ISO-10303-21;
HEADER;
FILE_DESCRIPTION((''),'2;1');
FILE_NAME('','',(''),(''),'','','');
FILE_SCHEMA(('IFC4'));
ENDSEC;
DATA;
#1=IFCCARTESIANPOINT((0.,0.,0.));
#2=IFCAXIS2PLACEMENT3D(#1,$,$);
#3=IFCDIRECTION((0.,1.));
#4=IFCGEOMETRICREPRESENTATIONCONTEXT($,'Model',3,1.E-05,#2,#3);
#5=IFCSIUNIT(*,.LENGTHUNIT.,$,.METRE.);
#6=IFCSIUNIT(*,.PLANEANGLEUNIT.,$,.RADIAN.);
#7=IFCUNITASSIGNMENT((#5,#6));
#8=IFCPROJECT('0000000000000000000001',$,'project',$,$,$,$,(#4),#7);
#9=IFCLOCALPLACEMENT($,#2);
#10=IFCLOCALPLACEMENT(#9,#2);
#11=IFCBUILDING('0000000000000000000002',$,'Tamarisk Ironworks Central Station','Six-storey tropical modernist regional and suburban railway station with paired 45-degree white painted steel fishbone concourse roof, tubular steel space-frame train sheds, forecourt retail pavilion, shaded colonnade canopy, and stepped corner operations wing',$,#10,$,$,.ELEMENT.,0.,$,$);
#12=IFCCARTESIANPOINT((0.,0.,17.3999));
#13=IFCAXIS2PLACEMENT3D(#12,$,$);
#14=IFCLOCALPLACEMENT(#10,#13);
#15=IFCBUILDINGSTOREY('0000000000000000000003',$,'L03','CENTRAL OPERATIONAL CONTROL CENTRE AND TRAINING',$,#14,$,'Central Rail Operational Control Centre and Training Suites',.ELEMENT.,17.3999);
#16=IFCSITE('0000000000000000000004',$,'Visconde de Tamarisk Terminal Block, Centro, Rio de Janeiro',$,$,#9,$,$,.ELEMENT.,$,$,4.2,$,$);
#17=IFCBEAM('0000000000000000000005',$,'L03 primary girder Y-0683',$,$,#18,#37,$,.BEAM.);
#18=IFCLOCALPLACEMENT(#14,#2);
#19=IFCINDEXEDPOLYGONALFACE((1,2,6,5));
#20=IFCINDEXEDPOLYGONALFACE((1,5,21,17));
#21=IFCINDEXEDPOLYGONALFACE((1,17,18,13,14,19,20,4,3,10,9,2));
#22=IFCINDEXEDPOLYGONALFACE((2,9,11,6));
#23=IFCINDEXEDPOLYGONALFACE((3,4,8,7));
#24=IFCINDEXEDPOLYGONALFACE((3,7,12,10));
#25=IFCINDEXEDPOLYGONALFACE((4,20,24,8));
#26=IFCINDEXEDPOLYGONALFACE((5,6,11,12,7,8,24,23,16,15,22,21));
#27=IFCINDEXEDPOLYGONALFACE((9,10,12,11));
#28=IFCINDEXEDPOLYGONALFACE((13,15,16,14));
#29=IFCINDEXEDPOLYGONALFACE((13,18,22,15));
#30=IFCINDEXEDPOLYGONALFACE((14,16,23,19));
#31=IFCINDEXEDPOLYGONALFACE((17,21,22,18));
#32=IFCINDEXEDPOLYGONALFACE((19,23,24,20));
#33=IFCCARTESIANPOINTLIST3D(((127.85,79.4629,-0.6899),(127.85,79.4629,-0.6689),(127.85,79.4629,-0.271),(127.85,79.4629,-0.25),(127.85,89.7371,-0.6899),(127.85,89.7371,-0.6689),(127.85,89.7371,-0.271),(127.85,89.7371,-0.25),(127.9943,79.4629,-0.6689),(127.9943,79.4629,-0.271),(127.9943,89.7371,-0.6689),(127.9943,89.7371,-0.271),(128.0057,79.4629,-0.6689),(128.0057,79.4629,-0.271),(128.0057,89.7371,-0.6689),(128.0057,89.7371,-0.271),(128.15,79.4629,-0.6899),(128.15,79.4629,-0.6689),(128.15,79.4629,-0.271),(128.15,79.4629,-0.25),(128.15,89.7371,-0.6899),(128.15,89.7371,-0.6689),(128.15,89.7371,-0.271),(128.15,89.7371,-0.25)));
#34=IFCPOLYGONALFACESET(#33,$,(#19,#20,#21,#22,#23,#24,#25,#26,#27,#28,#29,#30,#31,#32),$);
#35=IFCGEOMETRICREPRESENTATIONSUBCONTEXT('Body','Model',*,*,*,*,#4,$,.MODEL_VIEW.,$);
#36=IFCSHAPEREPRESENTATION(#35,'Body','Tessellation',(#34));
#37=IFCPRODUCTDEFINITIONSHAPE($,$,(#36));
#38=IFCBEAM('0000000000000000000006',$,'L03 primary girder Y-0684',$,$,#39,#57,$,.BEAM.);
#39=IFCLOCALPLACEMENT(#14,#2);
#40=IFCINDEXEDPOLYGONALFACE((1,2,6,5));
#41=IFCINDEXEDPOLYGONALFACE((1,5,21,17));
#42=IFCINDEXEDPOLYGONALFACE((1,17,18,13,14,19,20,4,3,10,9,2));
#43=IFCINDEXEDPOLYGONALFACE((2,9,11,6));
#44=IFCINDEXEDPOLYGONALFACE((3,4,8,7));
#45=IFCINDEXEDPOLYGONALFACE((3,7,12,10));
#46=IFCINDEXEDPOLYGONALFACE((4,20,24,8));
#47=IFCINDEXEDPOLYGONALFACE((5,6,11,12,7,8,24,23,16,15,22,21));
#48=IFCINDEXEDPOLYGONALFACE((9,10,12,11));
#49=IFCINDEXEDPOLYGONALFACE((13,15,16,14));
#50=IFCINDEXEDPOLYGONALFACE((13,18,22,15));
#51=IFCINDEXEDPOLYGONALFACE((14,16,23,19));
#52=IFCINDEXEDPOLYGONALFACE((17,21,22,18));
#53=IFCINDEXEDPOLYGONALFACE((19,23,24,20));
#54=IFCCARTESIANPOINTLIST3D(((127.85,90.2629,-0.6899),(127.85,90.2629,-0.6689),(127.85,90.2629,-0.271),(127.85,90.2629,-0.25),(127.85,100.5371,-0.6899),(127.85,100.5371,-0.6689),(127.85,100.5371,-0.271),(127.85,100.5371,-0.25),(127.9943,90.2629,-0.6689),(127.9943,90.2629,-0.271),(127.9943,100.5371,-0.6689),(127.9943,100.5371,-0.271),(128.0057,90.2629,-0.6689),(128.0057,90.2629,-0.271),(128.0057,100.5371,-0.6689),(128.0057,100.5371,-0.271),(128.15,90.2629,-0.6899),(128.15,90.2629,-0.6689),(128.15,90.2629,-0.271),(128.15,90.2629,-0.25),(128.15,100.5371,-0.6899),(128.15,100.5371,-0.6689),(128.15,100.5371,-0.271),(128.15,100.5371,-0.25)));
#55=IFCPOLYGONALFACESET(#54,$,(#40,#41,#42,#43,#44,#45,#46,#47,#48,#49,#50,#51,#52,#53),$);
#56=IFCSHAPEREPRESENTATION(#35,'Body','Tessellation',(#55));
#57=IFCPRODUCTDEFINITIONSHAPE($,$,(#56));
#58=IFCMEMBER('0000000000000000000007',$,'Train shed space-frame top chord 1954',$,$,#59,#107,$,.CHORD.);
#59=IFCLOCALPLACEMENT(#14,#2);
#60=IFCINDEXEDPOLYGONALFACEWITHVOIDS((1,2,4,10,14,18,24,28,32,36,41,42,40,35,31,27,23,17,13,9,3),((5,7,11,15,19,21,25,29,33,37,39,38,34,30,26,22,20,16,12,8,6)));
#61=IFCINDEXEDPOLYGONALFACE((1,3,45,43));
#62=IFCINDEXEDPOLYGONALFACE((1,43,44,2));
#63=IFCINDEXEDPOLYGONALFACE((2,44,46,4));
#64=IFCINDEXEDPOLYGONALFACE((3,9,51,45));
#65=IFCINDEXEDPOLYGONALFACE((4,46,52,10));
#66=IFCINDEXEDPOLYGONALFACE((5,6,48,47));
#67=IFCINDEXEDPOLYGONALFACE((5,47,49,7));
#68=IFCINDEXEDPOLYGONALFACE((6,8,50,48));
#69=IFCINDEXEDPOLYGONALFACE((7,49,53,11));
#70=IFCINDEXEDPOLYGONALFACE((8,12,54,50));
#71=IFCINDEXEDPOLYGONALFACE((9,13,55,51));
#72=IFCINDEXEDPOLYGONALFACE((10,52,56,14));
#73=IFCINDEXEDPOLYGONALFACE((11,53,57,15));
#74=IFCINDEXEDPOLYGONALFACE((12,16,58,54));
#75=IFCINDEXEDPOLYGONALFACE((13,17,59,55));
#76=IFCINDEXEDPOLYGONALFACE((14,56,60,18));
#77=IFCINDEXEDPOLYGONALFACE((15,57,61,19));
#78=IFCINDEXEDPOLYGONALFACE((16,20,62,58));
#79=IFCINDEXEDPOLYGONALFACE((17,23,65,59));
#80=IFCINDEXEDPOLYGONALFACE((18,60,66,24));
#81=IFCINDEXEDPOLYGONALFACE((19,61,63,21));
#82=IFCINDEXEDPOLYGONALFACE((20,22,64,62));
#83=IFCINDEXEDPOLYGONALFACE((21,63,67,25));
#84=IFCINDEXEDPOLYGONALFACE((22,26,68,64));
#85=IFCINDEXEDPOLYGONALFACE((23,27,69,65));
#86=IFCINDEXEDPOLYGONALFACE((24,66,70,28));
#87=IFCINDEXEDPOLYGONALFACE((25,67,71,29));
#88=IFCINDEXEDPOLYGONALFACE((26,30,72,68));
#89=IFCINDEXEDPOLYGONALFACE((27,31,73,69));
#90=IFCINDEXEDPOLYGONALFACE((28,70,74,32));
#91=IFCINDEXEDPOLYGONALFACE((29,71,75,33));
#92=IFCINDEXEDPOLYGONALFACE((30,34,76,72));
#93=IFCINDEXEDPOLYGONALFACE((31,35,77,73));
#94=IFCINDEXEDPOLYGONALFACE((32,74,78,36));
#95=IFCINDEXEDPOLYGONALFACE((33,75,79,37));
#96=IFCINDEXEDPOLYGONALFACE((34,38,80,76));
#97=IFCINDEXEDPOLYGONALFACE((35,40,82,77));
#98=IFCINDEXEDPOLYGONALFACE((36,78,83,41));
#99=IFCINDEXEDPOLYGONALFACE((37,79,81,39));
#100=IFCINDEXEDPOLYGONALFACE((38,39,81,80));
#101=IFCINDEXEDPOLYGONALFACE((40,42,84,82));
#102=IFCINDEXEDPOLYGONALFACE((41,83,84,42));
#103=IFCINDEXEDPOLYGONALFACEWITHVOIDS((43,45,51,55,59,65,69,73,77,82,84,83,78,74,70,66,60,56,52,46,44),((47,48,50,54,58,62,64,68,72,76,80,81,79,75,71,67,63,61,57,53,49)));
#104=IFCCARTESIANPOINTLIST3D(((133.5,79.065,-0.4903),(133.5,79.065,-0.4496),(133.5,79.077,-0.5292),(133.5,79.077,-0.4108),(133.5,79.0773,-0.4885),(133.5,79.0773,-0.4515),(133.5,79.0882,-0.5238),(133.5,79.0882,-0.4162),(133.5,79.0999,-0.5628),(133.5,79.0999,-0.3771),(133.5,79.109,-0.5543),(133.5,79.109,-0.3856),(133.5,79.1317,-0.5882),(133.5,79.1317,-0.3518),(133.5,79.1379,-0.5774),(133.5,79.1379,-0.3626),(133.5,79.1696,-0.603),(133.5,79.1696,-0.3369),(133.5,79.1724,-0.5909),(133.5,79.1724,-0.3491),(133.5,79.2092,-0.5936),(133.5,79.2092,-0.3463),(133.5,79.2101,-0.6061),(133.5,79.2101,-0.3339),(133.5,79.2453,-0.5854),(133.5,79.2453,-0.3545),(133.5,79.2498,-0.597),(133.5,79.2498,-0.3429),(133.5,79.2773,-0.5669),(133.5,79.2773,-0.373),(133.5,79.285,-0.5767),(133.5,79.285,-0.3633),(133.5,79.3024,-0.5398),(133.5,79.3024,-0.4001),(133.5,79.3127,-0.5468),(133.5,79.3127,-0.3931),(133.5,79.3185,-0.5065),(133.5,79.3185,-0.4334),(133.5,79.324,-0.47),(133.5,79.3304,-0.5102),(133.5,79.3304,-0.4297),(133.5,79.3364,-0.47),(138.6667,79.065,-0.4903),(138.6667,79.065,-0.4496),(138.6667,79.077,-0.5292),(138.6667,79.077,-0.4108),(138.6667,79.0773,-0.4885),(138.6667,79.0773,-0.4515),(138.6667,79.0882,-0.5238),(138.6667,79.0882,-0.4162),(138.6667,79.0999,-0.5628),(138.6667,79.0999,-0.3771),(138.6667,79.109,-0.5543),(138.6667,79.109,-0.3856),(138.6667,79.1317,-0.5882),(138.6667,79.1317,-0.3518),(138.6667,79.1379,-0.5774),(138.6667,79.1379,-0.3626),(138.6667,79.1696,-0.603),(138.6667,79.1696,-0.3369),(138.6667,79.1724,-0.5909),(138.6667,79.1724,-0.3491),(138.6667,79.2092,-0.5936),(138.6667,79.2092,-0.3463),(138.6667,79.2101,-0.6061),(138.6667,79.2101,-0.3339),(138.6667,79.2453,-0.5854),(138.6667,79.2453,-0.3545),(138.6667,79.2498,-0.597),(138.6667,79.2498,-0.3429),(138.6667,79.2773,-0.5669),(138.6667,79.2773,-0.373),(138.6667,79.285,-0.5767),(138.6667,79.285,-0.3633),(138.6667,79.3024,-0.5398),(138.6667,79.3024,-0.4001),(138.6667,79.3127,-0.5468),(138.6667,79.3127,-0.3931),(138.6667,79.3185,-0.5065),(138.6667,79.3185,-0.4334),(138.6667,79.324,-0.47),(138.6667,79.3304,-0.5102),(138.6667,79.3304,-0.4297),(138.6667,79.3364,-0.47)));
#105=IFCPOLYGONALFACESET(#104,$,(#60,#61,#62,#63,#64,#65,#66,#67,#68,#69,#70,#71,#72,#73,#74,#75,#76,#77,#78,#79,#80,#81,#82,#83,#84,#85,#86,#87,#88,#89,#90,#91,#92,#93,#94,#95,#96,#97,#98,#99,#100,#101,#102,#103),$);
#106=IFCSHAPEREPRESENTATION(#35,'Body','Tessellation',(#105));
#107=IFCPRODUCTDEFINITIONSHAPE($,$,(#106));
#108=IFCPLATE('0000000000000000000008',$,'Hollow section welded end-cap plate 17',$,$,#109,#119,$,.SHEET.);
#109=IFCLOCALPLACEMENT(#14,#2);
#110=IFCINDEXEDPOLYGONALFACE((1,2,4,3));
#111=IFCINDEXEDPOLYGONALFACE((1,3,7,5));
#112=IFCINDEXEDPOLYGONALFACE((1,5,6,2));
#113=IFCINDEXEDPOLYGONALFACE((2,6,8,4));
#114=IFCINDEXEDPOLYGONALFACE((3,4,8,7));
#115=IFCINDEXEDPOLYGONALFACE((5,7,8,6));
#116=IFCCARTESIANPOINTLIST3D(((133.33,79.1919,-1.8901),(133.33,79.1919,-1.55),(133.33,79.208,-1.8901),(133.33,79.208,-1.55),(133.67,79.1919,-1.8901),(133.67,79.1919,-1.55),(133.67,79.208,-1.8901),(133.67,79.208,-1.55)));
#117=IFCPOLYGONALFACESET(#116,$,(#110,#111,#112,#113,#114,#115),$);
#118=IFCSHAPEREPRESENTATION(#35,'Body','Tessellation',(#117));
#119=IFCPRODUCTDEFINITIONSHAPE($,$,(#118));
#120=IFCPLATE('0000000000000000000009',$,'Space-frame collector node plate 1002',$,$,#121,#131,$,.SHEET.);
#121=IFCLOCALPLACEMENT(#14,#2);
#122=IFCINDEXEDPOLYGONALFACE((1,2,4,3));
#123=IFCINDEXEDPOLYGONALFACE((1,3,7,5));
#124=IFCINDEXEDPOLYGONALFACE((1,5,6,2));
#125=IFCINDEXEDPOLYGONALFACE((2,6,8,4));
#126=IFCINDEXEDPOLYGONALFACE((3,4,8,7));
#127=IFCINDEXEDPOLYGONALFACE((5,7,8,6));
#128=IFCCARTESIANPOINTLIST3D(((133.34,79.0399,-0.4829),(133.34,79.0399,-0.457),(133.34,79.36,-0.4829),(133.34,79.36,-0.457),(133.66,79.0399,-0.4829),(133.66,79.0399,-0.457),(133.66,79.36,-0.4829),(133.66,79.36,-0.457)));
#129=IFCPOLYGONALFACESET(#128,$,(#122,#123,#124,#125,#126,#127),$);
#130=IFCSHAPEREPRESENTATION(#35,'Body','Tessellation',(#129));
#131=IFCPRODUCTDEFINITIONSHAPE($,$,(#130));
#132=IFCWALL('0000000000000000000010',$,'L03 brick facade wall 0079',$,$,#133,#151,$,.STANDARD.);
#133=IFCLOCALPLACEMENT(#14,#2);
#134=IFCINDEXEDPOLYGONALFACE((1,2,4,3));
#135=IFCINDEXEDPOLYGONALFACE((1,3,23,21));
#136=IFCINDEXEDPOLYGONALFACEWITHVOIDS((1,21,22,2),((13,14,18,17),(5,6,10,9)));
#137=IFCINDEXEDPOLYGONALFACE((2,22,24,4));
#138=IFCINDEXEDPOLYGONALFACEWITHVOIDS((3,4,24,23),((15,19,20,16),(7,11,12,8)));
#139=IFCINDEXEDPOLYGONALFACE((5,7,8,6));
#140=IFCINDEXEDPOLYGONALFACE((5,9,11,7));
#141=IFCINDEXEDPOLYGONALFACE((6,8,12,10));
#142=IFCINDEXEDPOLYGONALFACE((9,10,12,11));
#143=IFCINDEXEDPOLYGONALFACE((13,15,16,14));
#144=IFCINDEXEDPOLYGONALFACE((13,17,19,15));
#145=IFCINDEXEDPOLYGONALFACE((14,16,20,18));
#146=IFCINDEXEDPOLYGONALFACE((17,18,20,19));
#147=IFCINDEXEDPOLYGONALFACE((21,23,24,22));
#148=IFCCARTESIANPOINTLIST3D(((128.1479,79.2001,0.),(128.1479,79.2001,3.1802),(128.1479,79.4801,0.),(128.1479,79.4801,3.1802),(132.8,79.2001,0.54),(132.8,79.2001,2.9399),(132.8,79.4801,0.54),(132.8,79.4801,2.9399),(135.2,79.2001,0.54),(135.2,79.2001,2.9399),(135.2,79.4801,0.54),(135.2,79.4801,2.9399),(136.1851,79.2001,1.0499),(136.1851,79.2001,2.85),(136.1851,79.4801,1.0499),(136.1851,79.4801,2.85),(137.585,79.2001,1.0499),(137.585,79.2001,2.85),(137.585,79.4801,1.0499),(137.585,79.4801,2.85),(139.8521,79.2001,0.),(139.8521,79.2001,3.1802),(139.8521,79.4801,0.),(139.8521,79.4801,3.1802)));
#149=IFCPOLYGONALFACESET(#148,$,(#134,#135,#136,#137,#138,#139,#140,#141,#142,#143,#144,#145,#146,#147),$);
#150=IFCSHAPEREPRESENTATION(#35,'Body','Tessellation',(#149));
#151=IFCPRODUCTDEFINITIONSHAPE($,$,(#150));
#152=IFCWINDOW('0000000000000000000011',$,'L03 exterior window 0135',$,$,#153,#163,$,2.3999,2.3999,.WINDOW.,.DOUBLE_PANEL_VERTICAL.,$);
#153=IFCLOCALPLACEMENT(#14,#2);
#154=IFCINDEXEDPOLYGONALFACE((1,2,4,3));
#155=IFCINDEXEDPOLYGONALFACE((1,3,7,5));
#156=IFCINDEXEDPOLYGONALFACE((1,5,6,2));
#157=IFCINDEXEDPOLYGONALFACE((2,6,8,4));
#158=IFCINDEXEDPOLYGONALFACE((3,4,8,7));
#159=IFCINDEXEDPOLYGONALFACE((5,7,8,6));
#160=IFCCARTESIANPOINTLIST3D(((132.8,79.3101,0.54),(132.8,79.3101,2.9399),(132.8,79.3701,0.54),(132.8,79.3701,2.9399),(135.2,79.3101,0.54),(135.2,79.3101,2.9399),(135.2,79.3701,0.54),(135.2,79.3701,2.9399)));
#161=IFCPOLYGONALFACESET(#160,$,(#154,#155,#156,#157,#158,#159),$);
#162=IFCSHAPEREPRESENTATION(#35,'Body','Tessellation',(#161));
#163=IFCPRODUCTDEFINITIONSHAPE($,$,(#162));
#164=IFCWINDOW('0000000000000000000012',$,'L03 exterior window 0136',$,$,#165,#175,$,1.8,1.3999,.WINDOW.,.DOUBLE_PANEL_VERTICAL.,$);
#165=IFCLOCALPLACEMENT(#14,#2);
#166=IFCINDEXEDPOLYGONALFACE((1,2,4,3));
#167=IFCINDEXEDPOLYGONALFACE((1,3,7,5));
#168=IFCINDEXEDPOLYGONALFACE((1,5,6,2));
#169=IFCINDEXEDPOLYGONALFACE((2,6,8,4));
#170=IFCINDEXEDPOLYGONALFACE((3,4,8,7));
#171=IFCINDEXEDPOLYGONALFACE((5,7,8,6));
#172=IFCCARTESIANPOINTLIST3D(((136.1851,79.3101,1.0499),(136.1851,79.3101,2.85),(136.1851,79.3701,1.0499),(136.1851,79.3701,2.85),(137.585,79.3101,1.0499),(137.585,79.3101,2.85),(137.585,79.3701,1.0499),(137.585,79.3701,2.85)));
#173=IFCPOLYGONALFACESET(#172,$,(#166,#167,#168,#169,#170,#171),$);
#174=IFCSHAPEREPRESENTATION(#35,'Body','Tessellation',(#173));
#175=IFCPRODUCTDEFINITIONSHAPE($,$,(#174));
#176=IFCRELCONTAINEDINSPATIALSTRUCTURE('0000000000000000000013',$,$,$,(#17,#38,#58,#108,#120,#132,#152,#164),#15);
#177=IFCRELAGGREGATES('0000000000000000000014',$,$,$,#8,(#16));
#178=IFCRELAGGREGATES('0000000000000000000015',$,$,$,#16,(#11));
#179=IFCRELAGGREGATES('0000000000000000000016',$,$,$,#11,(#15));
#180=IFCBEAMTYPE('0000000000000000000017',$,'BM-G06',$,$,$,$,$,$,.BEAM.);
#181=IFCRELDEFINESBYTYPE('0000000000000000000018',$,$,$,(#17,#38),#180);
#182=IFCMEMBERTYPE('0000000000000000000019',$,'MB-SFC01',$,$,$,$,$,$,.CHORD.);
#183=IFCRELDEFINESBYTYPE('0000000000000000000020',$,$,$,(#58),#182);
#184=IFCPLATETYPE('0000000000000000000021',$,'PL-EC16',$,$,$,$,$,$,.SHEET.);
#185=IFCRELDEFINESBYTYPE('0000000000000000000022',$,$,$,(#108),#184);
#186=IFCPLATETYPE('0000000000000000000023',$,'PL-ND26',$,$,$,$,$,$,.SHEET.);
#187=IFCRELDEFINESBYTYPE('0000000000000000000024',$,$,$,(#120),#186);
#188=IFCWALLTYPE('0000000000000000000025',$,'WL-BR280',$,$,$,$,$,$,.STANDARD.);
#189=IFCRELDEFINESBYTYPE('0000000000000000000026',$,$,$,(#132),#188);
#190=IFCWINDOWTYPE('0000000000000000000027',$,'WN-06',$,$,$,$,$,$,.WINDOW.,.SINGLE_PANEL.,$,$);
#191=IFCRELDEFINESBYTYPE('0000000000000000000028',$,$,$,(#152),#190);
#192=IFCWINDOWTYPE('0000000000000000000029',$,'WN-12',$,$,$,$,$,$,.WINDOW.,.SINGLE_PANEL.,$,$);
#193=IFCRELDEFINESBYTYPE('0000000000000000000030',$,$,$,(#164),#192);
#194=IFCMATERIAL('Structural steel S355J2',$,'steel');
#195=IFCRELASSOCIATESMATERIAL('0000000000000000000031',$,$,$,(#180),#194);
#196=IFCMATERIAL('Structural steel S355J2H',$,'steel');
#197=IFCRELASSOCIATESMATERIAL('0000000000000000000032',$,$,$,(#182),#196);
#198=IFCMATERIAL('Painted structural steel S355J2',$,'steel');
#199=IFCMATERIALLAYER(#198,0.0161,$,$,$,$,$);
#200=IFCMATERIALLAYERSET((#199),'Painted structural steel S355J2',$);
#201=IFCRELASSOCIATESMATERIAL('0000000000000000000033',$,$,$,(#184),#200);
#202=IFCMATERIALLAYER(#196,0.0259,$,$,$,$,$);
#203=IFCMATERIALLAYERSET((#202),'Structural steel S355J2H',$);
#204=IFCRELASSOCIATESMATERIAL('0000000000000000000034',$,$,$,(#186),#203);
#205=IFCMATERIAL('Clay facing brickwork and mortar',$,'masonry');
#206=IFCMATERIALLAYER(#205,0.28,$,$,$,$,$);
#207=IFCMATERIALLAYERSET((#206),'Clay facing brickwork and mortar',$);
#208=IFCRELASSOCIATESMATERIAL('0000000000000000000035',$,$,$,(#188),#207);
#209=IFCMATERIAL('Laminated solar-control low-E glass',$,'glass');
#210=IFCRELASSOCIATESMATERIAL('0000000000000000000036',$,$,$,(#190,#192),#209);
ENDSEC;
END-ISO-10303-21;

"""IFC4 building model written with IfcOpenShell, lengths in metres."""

from ifc_helpers import new_model, si_unit, direction, frame, frame_2d, origin, origin_2d, place, context, subcontext, project, spatial, rectangle, hollow_circle, i_section, extrude, material, layer, layer_set, material_profile, profile_set, type_object, element, fill, save


model = new_model("IFC4")

# Units and contexts
model_context = context("Model", 3, precision=1e-05, world=origin(), true_north=direction((0.0, 1.0)))
body_context = subcontext(model_context, "Body", "Model", "MODEL_VIEW")
ifc_project = project(units=[si_unit("LENGTHUNIT", "METRE"), si_unit("PLANEANGLEUNIT", "RADIAN")], contexts=[model_context])

# Site, building, storey
site_placement = place(None, origin())
site = spatial("IfcSite", under=ifc_project, at=site_placement, Name="Visconde de Tamarisk Terminal Block, Centro, Rio de Janeiro", CompositionType="ELEMENT", RefElevation=4.2)
building_placement = place(site_placement, origin())
building = spatial("IfcBuilding", under=site, at=building_placement, Name="Tamarisk Ironworks Central Station", Description="Six-storey tropical modernist regional and suburban railway station with paired 45-degree white painted steel fishbone concourse roof, tubular steel space-frame train sheds, forecourt retail pavilion, shaded colonnade canopy, and stepped corner operations wing", CompositionType="ELEMENT", ElevationOfRefHeight=0.0)
storey_placement = place(building_placement, frame((0.0, 0.0, 17.3999)))
storey = spatial("IfcBuildingStorey", under=building, at=storey_placement, Name="L03", Description="CENTRAL OPERATIONAL CONTROL CENTRE AND TRAINING", LongName="Central Rail Operational Control Centre and Training Suites", CompositionType="ELEMENT", Elevation=17.3999)

# Shared definitions
ifc_material_1 = material(Name="Structural steel S355J2", Category="steel")

# Beams
ifc_material_profile_1 = material_profile(ifc_material_1, i_section(OverallWidth=0.3, OverallDepth=0.4399, WebThickness=0.0115, FlangeThickness=0.021, at=origin_2d()), Name="HEA 450")
ifc_profile_set_1 = profile_set([ifc_material_profile_1], Name="Structural steel S355J2")
beam_type_1 = type_object("IfcBeamType", Name="BM-G06", PredefinedType="BEAM", material=ifc_profile_set_1)
for number, where, z_axis, x_axis, name in (
    (1, (128.0, 79.4629, -0.47), (0.0, 1.0, 0.0), (-1.0, 0.0, 0.0), "L03 primary girder Y-0683"),
    (2, (128.0, 90.2629, -0.47), (0.0, 1.0, 0.0), (-1.0, 0.0, 0.0), "L03 primary girder Y-0684"),
):
    element("IfcBeam", number, at=place(storey_placement, frame(where, z_axis=z_axis, x_axis=x_axis)), inside=storey, type_object=beam_type_1, Name=name, PredefinedType="BEAM", context=body_context, shape_type="SweptSolid", body=[
        extrude(i_section(OverallWidth=0.3, OverallDepth=0.4399, WebThickness=0.0115, FlangeThickness=0.021, at=origin_2d()), origin(), (0.0, 0.0, 1.0), 10.2742),
    ])

# Member
ifc_material_2 = material(Name="Structural steel S355J2H", Category="steel")
ifc_material_profile_2 = material_profile(ifc_material_2, hollow_circle(Radius=0.1365, WallThickness=0.0125, at=origin_2d()), Name="CHS 273x12.5")
ifc_profile_set_2 = profile_set([ifc_material_profile_2], Name="Structural steel S355J2H")
member_type = type_object("IfcMemberType", Name="MB-SFC01", PredefinedType="CHORD", material=ifc_profile_set_2)
member_placement = place(storey_placement, frame((133.5, 79.2, -0.47), z_axis=(1.0, 0.0, 0.0), x_axis=(0.0, 1.0, 0.0)))
element("IfcMember", 3, at=member_placement, inside=storey, type_object=member_type, Name="Train shed space-frame top chord 1954", PredefinedType="CHORD", context=body_context, shape_type="SweptSolid", body=[
    extrude(hollow_circle(Radius=0.1365, WallThickness=0.0125, at=origin_2d()), origin(), (0.0, 0.0, 1.0), 5.1667),
])

# Plates
ifc_material_3 = material(Name="Painted structural steel S355J2", Category="steel")
ifc_layer_1 = layer(ifc_material_3, 0.0161)
ifc_layer_set_1 = layer_set([ifc_layer_1], Name="Painted structural steel S355J2")
plate_type_1 = type_object("IfcPlateType", Name="PL-EC16", PredefinedType="SHEET", material=ifc_layer_set_1)
plate_1_placement = place(storey_placement, frame((133.5, 79.2, -1.8901), z_axis=(0.0, 0.0, 1.0), x_axis=(1.0, 0.0, 0.0)))
element("IfcPlate", 4, at=plate_1_placement, inside=storey, type_object=plate_type_1, Name="Hollow section welded end-cap plate 17", PredefinedType="SHEET", context=body_context, shape_type="SweptSolid", body=[
    extrude(rectangle(XDim=0.3401, YDim=0.0161, at=origin_2d()), origin(), (0.0, 0.0, 1.0), 0.3401),
])
ifc_layer_2 = layer(ifc_material_2, 0.0259)
ifc_layer_set_2 = layer_set([ifc_layer_2], Name="Structural steel S355J2H")
plate_type_2 = type_object("IfcPlateType", Name="PL-ND26", PredefinedType="SHEET", material=ifc_layer_set_2)
plate_2_placement = place(storey_placement, frame((133.5, 79.2, -0.4829), z_axis=(0.0, 0.0, 1.0), x_axis=(1.0, 0.0, 0.0)))
element("IfcPlate", 5, at=plate_2_placement, inside=storey, type_object=plate_type_2, Name="Space-frame collector node plate 1002", PredefinedType="SHEET", context=body_context, shape_type="SweptSolid", body=[
    extrude(rectangle(XDim=0.3201, YDim=0.3201, at=origin_2d()), origin(), (0.0, 0.0, 1.0), 0.0259),
])

# Wall, openings, windows
ifc_material_4 = material(Name="Clay facing brickwork and mortar", Category="masonry")
ifc_layer_3 = layer(ifc_material_4, 0.28)
ifc_layer_set_3 = layer_set([ifc_layer_3], Name="Clay facing brickwork and mortar")
wall_type_1 = type_object("IfcWallType", Name="WL-BR280", PredefinedType="STANDARD", material=ifc_layer_set_3)
wall_1_placement = place(storey_placement, frame((128.1479, 79.3401, 0.0), z_axis=(0.0, 0.0, 1.0), x_axis=(1.0, 0.0, 0.0)))
wall_1 = element("IfcWall", 6, at=wall_1_placement, inside=storey, type_object=wall_type_1, Name="L03 brick facade wall 0079", PredefinedType="STANDARD", context=body_context, shape_type="SweptSolid", body=[
    extrude(rectangle(XDim=11.7041, YDim=0.28, at=frame_2d((5.8521, 0.0))), origin(), (0.0, 0.0, 1.0), 3.1802),
])
opening_1_placement = place(wall_1_placement, frame((4.6521, 0.0, 0.54)))
opening_1 = element("IfcOpeningElement", 7, at=opening_1_placement, cuts=wall_1, PredefinedType="OPENING", context=body_context, shape_type="SweptSolid", body=[
    extrude(rectangle(XDim=2.3999, YDim=2.3999, at=frame_2d((1.2, 1.2))), frame((0.0, 0.1519, 0.0), z_axis=(0.0, -1.0, 0.0), x_axis=(1.0, 0.0, 0.0)), (0.0, 0.0, 1.0), 0.304),
])
opening_2_placement = place(wall_1_placement, frame((8.0371, 0.0, 1.05)))
opening_2 = element("IfcOpeningElement", 8, at=opening_2_placement, cuts=wall_1, PredefinedType="OPENING", context=body_context, shape_type="SweptSolid", body=[
    extrude(rectangle(XDim=1.3999, YDim=1.8, at=frame_2d((0.7, 0.8999))), frame((0.0, 0.1519, 0.0), z_axis=(0.0, -1.0, 0.0), x_axis=(1.0, 0.0, 0.0)), (0.0, 0.0, 1.0), 0.304),
])
ifc_material_5 = material(Name="Laminated solar-control low-E glass", Category="glass")
window_type_1 = type_object("IfcWindowType", Name="WN-06", PartitioningType="SINGLE_PANEL", PredefinedType="WINDOW", material=ifc_material_5)
window_1_placement = place(opening_1_placement, origin())
window_1 = element("IfcWindow", 9, at=window_1_placement, inside=storey, type_object=window_type_1, Name="L03 exterior window 0135", OverallHeight=2.3999, OverallWidth=2.3999, PartitioningType="DOUBLE_PANEL_VERTICAL", PredefinedType="WINDOW", context=body_context, shape_type="SweptSolid", body=[
    extrude(rectangle(XDim=2.3999, YDim=2.3999, at=frame_2d((1.2, 1.2))), frame((0.0, 0.03, 0.0), z_axis=(0.0, -1.0, 0.0), x_axis=(1.0, 0.0, 0.0)), (0.0, 0.0, 1.0), 0.0601),
])
fill(opening_1, window_1)
window_type_2 = type_object("IfcWindowType", Name="WN-12", PartitioningType="SINGLE_PANEL", PredefinedType="WINDOW", material=ifc_material_5)
window_2_placement = place(opening_2_placement, origin())
window_2 = element("IfcWindow", 10, at=window_2_placement, inside=storey, type_object=window_type_2, Name="L03 exterior window 0136", OverallHeight=1.8, OverallWidth=1.3999, PartitioningType="DOUBLE_PANEL_VERTICAL", PredefinedType="WINDOW", context=body_context, shape_type="SweptSolid", body=[
    extrude(rectangle(XDim=1.3999, YDim=1.8, at=frame_2d((0.7, 0.8999))), frame((0.0, 0.03, 0.0), z_axis=(0.0, -1.0, 0.0), x_axis=(1.0, 0.0, 0.0)), (0.0, 0.0, 1.0), 0.0601),
])
fill(opening_2, window_2)

save(model, "model.ifc")
